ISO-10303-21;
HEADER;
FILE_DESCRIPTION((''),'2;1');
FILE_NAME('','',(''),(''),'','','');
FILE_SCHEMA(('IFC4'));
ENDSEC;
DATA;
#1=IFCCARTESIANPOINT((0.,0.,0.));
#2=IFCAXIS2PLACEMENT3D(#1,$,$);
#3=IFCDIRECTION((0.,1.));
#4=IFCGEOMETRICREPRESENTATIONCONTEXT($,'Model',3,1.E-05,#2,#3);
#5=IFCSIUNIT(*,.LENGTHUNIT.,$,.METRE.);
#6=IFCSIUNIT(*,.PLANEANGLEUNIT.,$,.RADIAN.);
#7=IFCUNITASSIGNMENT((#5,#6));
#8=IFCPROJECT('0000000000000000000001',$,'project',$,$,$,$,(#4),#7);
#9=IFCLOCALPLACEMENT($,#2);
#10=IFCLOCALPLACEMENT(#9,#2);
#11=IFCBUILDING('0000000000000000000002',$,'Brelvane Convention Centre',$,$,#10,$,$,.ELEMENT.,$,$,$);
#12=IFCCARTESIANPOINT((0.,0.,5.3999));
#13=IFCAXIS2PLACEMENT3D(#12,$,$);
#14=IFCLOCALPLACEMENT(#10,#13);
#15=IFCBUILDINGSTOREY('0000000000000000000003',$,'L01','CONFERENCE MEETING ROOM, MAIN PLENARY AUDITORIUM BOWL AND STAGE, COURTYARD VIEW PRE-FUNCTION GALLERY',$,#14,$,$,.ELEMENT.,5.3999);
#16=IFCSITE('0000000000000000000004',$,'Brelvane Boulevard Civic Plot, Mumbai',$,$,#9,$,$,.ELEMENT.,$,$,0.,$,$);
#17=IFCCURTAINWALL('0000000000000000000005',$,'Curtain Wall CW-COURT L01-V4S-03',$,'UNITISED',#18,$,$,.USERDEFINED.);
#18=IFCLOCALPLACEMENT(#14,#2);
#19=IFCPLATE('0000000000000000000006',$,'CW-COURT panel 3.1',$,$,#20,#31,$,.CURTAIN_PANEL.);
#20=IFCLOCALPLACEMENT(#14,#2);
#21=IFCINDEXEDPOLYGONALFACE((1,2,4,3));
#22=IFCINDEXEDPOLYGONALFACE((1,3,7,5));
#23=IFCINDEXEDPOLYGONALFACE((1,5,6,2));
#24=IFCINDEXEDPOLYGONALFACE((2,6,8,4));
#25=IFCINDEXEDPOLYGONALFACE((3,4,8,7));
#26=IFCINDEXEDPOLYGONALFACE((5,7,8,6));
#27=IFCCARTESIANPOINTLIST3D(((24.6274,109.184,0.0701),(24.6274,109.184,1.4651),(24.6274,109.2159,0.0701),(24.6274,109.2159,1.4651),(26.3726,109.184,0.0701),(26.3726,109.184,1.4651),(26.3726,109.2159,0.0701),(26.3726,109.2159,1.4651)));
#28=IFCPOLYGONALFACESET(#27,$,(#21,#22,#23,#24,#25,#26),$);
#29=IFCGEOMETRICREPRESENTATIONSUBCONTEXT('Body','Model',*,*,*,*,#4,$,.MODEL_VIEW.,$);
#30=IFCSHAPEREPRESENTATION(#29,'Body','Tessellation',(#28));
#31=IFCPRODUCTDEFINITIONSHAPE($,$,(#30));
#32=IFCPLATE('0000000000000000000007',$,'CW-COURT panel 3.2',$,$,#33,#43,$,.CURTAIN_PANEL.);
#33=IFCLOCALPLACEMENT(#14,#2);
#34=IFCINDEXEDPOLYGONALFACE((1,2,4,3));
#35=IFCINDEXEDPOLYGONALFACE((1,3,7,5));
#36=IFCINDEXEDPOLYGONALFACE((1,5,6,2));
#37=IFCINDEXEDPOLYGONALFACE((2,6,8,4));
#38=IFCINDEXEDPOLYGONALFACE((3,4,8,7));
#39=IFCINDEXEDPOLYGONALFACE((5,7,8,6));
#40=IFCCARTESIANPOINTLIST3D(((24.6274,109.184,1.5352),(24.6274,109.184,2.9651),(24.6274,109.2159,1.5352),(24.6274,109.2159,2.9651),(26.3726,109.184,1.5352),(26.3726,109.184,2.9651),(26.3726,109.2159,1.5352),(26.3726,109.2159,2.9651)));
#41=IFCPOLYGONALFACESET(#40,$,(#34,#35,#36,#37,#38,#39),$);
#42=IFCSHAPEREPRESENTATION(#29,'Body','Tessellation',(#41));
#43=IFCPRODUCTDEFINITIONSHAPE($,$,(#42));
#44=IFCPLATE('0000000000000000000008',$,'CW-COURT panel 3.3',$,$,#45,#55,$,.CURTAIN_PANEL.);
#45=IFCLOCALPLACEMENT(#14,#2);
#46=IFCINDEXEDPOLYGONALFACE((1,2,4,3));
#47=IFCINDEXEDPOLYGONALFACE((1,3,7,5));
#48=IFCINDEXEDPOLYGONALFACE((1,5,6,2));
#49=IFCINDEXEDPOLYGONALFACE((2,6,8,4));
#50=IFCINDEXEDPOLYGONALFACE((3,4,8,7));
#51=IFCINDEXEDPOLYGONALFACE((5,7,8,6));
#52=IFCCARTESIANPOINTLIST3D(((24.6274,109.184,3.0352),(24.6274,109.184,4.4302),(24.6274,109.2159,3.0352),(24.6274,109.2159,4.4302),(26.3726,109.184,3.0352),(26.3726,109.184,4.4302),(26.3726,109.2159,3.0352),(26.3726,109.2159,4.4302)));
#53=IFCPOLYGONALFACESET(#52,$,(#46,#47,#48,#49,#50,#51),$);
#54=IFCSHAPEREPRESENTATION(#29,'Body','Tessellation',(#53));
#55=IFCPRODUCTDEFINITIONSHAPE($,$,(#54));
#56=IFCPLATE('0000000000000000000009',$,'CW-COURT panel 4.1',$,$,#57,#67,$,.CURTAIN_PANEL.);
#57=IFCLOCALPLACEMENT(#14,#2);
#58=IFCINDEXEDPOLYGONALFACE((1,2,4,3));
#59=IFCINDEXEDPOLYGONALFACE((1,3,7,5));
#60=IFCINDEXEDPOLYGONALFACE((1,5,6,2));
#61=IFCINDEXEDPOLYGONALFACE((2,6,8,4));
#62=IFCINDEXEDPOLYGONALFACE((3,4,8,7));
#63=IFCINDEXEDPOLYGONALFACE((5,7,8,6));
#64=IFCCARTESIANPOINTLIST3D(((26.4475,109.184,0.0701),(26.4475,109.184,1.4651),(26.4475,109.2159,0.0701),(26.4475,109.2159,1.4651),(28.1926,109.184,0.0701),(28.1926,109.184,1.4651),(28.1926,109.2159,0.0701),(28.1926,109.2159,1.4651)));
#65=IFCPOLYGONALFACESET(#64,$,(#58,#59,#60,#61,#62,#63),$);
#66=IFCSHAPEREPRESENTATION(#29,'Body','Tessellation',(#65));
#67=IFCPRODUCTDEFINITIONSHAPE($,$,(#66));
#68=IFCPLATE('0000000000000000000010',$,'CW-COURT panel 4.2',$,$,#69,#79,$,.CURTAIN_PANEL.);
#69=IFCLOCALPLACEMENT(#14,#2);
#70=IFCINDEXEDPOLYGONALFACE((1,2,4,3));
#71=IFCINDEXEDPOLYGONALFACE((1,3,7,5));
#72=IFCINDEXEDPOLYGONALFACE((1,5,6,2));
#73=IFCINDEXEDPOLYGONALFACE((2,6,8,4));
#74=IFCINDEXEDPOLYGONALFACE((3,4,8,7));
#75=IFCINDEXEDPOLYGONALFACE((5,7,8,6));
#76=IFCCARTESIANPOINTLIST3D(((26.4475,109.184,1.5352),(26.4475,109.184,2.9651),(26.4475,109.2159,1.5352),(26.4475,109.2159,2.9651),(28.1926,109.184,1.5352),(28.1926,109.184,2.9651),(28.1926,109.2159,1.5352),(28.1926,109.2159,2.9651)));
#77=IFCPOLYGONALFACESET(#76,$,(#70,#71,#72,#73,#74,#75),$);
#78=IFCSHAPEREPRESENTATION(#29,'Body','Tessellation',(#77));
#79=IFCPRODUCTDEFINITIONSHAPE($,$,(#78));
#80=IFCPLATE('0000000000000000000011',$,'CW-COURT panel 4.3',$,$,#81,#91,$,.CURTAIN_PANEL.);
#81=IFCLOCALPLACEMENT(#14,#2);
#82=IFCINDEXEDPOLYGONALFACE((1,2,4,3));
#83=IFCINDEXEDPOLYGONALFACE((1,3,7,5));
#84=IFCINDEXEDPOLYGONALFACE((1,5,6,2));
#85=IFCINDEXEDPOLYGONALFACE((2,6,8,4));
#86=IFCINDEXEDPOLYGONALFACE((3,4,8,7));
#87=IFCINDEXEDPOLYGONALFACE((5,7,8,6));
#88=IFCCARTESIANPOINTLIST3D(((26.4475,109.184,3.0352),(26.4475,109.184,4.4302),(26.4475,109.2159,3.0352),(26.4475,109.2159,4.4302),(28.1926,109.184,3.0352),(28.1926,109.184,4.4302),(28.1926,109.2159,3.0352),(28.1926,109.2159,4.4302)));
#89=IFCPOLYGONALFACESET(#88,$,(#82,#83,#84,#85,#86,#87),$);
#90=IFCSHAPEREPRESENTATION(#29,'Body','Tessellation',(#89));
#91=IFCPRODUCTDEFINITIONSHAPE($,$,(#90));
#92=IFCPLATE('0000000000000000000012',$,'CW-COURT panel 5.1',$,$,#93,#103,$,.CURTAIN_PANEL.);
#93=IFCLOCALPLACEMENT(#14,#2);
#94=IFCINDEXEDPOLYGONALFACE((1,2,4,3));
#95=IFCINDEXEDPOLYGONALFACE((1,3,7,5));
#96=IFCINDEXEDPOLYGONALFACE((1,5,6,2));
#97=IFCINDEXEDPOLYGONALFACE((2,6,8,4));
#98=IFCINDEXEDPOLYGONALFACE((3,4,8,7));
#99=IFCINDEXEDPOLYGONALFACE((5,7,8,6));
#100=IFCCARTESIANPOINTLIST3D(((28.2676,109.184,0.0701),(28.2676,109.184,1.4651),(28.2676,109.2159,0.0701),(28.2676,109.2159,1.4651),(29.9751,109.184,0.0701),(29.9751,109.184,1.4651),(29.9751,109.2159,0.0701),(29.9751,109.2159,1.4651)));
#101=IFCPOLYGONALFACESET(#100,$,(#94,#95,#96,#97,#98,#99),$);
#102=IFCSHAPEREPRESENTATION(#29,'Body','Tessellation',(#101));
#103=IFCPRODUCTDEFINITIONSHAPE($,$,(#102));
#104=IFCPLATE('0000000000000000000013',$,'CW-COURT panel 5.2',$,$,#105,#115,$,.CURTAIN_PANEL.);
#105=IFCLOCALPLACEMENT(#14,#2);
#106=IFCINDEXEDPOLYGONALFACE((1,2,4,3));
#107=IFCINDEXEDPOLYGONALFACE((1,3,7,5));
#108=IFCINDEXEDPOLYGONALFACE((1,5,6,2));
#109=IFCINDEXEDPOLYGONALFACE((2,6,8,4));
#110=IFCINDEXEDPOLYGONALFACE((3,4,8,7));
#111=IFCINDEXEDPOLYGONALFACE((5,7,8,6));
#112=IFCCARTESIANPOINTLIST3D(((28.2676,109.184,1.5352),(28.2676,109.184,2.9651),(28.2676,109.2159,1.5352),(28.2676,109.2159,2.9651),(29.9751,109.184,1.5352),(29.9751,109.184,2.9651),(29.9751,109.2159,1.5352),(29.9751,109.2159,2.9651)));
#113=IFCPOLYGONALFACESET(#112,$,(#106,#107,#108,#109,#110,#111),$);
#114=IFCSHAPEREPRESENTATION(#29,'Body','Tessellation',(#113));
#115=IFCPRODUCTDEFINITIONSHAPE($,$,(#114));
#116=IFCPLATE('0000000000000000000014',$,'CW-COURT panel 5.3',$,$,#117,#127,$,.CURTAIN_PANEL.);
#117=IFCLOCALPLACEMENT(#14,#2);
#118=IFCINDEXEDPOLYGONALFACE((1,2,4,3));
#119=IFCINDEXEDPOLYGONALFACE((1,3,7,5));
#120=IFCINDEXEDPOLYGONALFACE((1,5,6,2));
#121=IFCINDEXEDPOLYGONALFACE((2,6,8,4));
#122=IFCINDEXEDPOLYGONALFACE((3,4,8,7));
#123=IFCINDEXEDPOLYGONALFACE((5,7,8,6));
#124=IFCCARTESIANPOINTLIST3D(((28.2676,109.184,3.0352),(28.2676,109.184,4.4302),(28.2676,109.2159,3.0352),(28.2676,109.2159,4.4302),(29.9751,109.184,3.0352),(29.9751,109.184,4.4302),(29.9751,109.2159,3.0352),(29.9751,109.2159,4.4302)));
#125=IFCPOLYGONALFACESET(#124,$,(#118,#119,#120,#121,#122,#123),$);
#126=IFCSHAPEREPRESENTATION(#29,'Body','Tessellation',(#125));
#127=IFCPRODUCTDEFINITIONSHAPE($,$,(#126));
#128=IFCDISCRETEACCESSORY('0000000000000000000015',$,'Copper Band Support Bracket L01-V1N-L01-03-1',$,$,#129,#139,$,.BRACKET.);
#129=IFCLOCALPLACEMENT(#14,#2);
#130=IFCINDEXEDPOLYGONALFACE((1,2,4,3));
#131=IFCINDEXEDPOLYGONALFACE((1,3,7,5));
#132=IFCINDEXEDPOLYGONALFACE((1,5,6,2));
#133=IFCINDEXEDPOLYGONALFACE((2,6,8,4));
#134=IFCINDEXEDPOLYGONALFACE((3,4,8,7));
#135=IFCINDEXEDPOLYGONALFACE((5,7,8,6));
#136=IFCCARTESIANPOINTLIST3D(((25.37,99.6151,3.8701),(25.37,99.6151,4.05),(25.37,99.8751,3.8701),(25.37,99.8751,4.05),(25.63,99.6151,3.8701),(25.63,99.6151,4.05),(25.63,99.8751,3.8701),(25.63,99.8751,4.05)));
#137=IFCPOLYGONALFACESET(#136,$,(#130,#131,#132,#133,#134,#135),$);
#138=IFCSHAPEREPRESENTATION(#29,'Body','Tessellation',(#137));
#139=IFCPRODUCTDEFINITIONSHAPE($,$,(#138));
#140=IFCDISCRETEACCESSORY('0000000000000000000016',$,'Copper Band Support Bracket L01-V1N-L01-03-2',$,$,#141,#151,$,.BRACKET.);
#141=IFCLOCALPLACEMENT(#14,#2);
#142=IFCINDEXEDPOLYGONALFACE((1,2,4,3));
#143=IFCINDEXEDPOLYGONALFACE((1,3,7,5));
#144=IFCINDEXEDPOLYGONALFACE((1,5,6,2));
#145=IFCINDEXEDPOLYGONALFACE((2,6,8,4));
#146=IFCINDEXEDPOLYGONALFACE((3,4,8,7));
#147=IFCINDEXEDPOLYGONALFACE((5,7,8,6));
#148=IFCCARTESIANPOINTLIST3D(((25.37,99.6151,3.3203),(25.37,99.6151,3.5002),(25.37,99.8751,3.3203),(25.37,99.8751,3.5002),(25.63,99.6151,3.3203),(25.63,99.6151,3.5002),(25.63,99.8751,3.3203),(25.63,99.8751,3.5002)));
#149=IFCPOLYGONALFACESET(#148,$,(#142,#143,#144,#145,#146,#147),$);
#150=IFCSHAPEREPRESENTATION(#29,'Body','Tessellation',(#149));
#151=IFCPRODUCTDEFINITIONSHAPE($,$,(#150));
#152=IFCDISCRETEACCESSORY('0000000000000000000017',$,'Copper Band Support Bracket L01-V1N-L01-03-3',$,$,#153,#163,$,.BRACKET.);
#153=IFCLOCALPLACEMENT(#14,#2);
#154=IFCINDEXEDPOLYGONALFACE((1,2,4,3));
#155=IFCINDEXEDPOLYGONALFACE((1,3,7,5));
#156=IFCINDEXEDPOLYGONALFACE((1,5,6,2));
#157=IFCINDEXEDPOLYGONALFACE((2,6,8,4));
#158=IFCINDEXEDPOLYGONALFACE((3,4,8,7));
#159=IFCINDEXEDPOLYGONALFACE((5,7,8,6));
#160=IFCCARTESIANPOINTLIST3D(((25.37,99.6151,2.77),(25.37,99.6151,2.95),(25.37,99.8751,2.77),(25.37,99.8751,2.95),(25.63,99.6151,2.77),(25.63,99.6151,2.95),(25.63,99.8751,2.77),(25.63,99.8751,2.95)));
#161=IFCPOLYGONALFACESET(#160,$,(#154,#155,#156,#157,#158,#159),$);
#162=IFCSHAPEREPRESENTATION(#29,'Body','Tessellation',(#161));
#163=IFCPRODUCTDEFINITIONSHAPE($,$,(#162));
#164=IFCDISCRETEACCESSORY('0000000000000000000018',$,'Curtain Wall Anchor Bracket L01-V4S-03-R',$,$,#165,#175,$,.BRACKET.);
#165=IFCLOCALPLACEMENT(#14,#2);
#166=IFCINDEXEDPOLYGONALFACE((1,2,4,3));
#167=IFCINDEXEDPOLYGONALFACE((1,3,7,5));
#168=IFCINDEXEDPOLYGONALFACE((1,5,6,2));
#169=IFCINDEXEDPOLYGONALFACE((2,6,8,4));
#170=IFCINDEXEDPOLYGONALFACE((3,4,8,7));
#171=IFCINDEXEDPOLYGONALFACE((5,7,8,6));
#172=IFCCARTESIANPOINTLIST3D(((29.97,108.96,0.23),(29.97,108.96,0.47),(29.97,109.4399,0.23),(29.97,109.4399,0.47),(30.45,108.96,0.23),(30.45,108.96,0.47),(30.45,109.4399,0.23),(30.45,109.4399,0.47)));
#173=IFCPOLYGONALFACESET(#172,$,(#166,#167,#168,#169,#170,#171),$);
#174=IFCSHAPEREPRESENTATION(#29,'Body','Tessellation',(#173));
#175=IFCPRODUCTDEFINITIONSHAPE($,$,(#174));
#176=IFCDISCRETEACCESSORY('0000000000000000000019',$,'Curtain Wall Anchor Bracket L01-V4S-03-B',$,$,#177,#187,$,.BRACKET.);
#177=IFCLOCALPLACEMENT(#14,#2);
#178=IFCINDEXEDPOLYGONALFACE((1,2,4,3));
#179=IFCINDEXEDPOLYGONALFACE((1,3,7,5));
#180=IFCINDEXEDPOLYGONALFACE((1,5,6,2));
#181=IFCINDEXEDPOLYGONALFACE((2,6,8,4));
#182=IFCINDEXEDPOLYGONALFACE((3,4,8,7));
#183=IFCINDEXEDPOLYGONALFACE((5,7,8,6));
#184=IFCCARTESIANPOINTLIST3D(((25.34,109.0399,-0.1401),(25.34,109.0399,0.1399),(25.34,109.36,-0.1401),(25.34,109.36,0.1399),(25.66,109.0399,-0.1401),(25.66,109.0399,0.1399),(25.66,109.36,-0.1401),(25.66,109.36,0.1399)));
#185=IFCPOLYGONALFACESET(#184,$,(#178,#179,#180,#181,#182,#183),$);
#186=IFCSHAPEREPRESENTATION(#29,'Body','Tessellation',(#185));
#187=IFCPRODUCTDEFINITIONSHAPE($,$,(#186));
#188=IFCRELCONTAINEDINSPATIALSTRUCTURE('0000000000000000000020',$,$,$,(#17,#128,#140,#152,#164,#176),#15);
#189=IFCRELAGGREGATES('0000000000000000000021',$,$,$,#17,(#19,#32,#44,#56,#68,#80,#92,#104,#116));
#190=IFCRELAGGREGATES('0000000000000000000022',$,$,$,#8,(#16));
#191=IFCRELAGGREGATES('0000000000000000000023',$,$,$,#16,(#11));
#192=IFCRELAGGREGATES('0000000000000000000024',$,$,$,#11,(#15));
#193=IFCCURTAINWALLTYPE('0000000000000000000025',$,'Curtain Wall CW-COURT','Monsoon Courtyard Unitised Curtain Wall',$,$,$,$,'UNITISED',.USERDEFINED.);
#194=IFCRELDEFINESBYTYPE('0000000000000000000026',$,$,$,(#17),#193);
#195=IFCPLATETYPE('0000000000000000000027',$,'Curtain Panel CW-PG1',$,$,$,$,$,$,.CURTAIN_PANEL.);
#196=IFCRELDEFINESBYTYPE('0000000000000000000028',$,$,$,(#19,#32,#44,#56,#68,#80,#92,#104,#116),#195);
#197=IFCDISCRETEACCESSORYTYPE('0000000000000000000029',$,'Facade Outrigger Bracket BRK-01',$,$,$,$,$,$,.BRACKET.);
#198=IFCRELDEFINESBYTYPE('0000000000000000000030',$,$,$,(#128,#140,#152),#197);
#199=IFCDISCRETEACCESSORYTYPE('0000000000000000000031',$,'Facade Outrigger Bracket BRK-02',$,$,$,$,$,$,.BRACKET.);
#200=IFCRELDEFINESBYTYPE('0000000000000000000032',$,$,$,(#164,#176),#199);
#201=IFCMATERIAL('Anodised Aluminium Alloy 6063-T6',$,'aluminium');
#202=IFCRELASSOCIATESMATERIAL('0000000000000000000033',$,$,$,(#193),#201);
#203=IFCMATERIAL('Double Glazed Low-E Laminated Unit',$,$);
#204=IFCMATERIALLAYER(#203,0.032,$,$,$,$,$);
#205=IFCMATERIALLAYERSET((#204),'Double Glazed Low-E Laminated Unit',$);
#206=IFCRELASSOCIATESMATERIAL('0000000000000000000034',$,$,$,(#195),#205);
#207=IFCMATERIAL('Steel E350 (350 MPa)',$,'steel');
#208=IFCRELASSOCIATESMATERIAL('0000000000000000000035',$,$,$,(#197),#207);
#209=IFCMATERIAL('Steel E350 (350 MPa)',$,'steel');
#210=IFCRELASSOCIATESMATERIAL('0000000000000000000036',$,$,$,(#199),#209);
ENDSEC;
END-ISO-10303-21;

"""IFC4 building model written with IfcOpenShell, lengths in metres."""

from ifc_helpers import new_model, si_unit, direction, frame, origin, origin_2d, place, context, subcontext, project, spatial, rectangle, extrude, material, layer, layer_set, type_object, element, aggregate, save


model = new_model("IFC4")

# Units and contexts
model_context = context("Model", 3, precision=1e-05, world=origin(), true_north=direction((0.0, 1.0)))
body_context = subcontext(model_context, "Body", "Model", "MODEL_VIEW")
ifc_project = project(units=[si_unit("LENGTHUNIT", "METRE"), si_unit("PLANEANGLEUNIT", "RADIAN")], contexts=[model_context])

# Site, building, storey
site_placement = place(None, origin())
site = spatial("IfcSite", under=ifc_project, at=site_placement, Name="Brelvane Boulevard Civic Plot, Mumbai", CompositionType="ELEMENT", RefElevation=0.0)
building_placement = place(site_placement, origin())
building = spatial("IfcBuilding", under=site, at=building_placement, Name="Brelvane Convention Centre", CompositionType="ELEMENT")
storey_placement = place(building_placement, frame((0.0, 0.0, 5.3999)))
storey = spatial("IfcBuildingStorey", under=building, at=storey_placement, Name="L01", Description="CONFERENCE MEETING ROOM, MAIN PLENARY AUDITORIUM BOWL AND STAGE, COURTYARD VIEW PRE-FUNCTION GALLERY", CompositionType="ELEMENT", Elevation=5.3999)

# Curtain wall
ifc_material_1 = material(Name="Anodised Aluminium Alloy 6063-T6", Category="aluminium")
curtain_wall_type = type_object("IfcCurtainWallType", Name="Curtain Wall CW-COURT", Description="Monsoon Courtyard Unitised Curtain Wall", ElementType="UNITISED", PredefinedType="USERDEFINED", material=ifc_material_1)
curtain_wall_placement = place(storey_placement, origin())
curtain_wall = element("IfcCurtainWall", 1, at=curtain_wall_placement, inside=storey, type_object=curtain_wall_type, Name="Curtain Wall CW-COURT L01-V4S-03", ObjectType="UNITISED", PredefinedType="USERDEFINED")

# Plates
ifc_material_2 = material(Name="Double Glazed Low-E Laminated Unit")
ifc_layer = layer(ifc_material_2, 0.032)
ifc_layer_set = layer_set([ifc_layer], Name="Double Glazed Low-E Laminated Unit")
plate_type = type_object("IfcPlateType", Name="Curtain Panel CW-PG1", PredefinedType="CURTAIN_PANEL", material=ifc_layer_set)
plate_1_placement = place(storey_placement, frame((25.5, 109.2, 0.0701), z_axis=(0.0, 0.0, 1.0), x_axis=(1.0, 0.0, 0.0)))
plate_1 = element("IfcPlate", 2, at=plate_1_placement, type_object=plate_type, Name="CW-COURT panel 3.1", PredefinedType="CURTAIN_PANEL", context=body_context, shape_type="SweptSolid", body=[
    extrude(rectangle(XDim=1.7451, YDim=0.032, at=origin_2d()), origin(), (0.0, 0.0, 1.0), 1.395),
])
plate_2_placement = place(storey_placement, frame((25.5, 109.2, 1.5352), z_axis=(0.0, 0.0, 1.0), x_axis=(1.0, 0.0, 0.0)))
plate_2 = element("IfcPlate", 3, at=plate_2_placement, type_object=plate_type, Name="CW-COURT panel 3.2", PredefinedType="CURTAIN_PANEL", context=body_context, shape_type="SweptSolid", body=[
    extrude(rectangle(XDim=1.7451, YDim=0.032, at=origin_2d()), origin(), (0.0, 0.0, 1.0), 1.4299),
])
plate_3_placement = place(storey_placement, frame((25.5, 109.2, 3.0352), z_axis=(0.0, 0.0, 1.0), x_axis=(1.0, 0.0, 0.0)))
plate_3 = element("IfcPlate", 4, at=plate_3_placement, type_object=plate_type, Name="CW-COURT panel 3.3", PredefinedType="CURTAIN_PANEL", context=body_context, shape_type="SweptSolid", body=[
    extrude(rectangle(XDim=1.7451, YDim=0.032, at=origin_2d()), origin(), (0.0, 0.0, 1.0), 1.395),
])
plate_4_placement = place(storey_placement, frame((27.3201, 109.2, 0.0701), z_axis=(0.0, 0.0, 1.0), x_axis=(1.0, 0.0, 0.0)))
plate_4 = element("IfcPlate", 5, at=plate_4_placement, type_object=plate_type, Name="CW-COURT panel 4.1", PredefinedType="CURTAIN_PANEL", context=body_context, shape_type="SweptSolid", body=[
    extrude(rectangle(XDim=1.7451, YDim=0.032, at=origin_2d()), origin(), (0.0, 0.0, 1.0), 1.395),
])
plate_5_placement = place(storey_placement, frame((27.3201, 109.2, 1.5352), z_axis=(0.0, 0.0, 1.0), x_axis=(1.0, 0.0, 0.0)))
plate_5 = element("IfcPlate", 6, at=plate_5_placement, type_object=plate_type, Name="CW-COURT panel 4.2", PredefinedType="CURTAIN_PANEL", context=body_context, shape_type="SweptSolid", body=[
    extrude(rectangle(XDim=1.7451, YDim=0.032, at=origin_2d()), origin(), (0.0, 0.0, 1.0), 1.4299),
])
plate_6_placement = place(storey_placement, frame((27.3201, 109.2, 3.0352), z_axis=(0.0, 0.0, 1.0), x_axis=(1.0, 0.0, 0.0)))
plate_6 = element("IfcPlate", 7, at=plate_6_placement, type_object=plate_type, Name="CW-COURT panel 4.3", PredefinedType="CURTAIN_PANEL", context=body_context, shape_type="SweptSolid", body=[
    extrude(rectangle(XDim=1.7451, YDim=0.032, at=origin_2d()), origin(), (0.0, 0.0, 1.0), 1.395),
])
plate_7_placement = place(storey_placement, frame((29.1213, 109.2, 0.0701), z_axis=(0.0, 0.0, 1.0), x_axis=(1.0, 0.0, 0.0)))
plate_7 = element("IfcPlate", 8, at=plate_7_placement, type_object=plate_type, Name="CW-COURT panel 5.1", PredefinedType="CURTAIN_PANEL", context=body_context, shape_type="SweptSolid", body=[
    extrude(rectangle(XDim=1.7075, YDim=0.032, at=origin_2d()), origin(), (0.0, 0.0, 1.0), 1.395),
])
plate_8_placement = place(storey_placement, frame((29.1213, 109.2, 1.5352), z_axis=(0.0, 0.0, 1.0), x_axis=(1.0, 0.0, 0.0)))
plate_8 = element("IfcPlate", 9, at=plate_8_placement, type_object=plate_type, Name="CW-COURT panel 5.2", PredefinedType="CURTAIN_PANEL", context=body_context, shape_type="SweptSolid", body=[
    extrude(rectangle(XDim=1.7075, YDim=0.032, at=origin_2d()), origin(), (0.0, 0.0, 1.0), 1.4299),
])
plate_9_placement = place(storey_placement, frame((29.1213, 109.2, 3.0352), z_axis=(0.0, 0.0, 1.0), x_axis=(1.0, 0.0, 0.0)))
plate_9 = element("IfcPlate", 10, at=plate_9_placement, type_object=plate_type, Name="CW-COURT panel 5.3", PredefinedType="CURTAIN_PANEL", context=body_context, shape_type="SweptSolid", body=[
    extrude(rectangle(XDim=1.7075, YDim=0.032, at=origin_2d()), origin(), (0.0, 0.0, 1.0), 1.395),
])
aggregate(curtain_wall, [plate_1, plate_2, plate_3, plate_4, plate_5, plate_6, plate_7, plate_8, plate_9])

# Discrete accessories
ifc_material_3 = material(Name="Steel E350 (350 MPa)", Category="steel")
discrete_accessory_type_1 = type_object("IfcDiscreteAccessoryType", Name="Facade Outrigger Bracket BRK-01", PredefinedType="BRACKET", material=ifc_material_3)
for number, where, z_axis, x_axis, name in (
    (11, (25.5, 99.7451, 3.8701), (0.0, 0.0, 1.0), (1.0, 0.0, 0.0), "Copper Band Support Bracket L01-V1N-L01-03-1"),
    (12, (25.5, 99.7451, 3.3203), (0.0, 0.0, 1.0), (1.0, 0.0, 0.0), "Copper Band Support Bracket L01-V1N-L01-03-2"),
    (13, (25.5, 99.7451, 2.77), (0.0, 0.0, 1.0), (1.0, 0.0, 0.0), "Copper Band Support Bracket L01-V1N-L01-03-3"),
):
    element("IfcDiscreteAccessory", number, at=place(storey_placement, frame(where, z_axis=z_axis, x_axis=x_axis)), inside=storey, type_object=discrete_accessory_type_1, Name=name, PredefinedType="BRACKET", context=body_context, shape_type="SweptSolid", body=[
        extrude(rectangle(XDim=0.26, YDim=0.26, at=origin_2d()), origin(), (0.0, 0.0, 1.0), 0.1799),
    ])
ifc_material_4 = material(Name="Steel E350 (350 MPa)", Category="steel")
discrete_accessory_type_2 = type_object("IfcDiscreteAccessoryType", Name="Facade Outrigger Bracket BRK-02", PredefinedType="BRACKET", material=ifc_material_4)
discrete_accessory_1_placement = place(storey_placement, frame((30.21, 109.2, 0.23), z_axis=(0.0, 0.0, 1.0), x_axis=(1.0, 0.0, 0.0)))
element("IfcDiscreteAccessory", 14, at=discrete_accessory_1_placement, inside=storey, type_object=discrete_accessory_type_2, Name="Curtain Wall Anchor Bracket L01-V4S-03-R", PredefinedType="BRACKET", context=body_context, shape_type="SweptSolid", body=[
    extrude(rectangle(XDim=0.48, YDim=0.48, at=origin_2d()), origin(), (0.0, 0.0, 1.0), 0.24),
])
discrete_accessory_2_placement = place(storey_placement, frame((25.5, 109.2, -0.1401), z_axis=(0.0, 0.0, 1.0), x_axis=(1.0, 0.0, 0.0)))
element("IfcDiscreteAccessory", 15, at=discrete_accessory_2_placement, inside=storey, type_object=discrete_accessory_type_2, Name="Curtain Wall Anchor Bracket L01-V4S-03-B", PredefinedType="BRACKET", context=body_context, shape_type="SweptSolid", body=[
    extrude(rectangle(XDim=0.3201, YDim=0.3201, at=origin_2d()), origin(), (0.0, 0.0, 1.0), 0.28),
])

save(model, "model.ifc")
